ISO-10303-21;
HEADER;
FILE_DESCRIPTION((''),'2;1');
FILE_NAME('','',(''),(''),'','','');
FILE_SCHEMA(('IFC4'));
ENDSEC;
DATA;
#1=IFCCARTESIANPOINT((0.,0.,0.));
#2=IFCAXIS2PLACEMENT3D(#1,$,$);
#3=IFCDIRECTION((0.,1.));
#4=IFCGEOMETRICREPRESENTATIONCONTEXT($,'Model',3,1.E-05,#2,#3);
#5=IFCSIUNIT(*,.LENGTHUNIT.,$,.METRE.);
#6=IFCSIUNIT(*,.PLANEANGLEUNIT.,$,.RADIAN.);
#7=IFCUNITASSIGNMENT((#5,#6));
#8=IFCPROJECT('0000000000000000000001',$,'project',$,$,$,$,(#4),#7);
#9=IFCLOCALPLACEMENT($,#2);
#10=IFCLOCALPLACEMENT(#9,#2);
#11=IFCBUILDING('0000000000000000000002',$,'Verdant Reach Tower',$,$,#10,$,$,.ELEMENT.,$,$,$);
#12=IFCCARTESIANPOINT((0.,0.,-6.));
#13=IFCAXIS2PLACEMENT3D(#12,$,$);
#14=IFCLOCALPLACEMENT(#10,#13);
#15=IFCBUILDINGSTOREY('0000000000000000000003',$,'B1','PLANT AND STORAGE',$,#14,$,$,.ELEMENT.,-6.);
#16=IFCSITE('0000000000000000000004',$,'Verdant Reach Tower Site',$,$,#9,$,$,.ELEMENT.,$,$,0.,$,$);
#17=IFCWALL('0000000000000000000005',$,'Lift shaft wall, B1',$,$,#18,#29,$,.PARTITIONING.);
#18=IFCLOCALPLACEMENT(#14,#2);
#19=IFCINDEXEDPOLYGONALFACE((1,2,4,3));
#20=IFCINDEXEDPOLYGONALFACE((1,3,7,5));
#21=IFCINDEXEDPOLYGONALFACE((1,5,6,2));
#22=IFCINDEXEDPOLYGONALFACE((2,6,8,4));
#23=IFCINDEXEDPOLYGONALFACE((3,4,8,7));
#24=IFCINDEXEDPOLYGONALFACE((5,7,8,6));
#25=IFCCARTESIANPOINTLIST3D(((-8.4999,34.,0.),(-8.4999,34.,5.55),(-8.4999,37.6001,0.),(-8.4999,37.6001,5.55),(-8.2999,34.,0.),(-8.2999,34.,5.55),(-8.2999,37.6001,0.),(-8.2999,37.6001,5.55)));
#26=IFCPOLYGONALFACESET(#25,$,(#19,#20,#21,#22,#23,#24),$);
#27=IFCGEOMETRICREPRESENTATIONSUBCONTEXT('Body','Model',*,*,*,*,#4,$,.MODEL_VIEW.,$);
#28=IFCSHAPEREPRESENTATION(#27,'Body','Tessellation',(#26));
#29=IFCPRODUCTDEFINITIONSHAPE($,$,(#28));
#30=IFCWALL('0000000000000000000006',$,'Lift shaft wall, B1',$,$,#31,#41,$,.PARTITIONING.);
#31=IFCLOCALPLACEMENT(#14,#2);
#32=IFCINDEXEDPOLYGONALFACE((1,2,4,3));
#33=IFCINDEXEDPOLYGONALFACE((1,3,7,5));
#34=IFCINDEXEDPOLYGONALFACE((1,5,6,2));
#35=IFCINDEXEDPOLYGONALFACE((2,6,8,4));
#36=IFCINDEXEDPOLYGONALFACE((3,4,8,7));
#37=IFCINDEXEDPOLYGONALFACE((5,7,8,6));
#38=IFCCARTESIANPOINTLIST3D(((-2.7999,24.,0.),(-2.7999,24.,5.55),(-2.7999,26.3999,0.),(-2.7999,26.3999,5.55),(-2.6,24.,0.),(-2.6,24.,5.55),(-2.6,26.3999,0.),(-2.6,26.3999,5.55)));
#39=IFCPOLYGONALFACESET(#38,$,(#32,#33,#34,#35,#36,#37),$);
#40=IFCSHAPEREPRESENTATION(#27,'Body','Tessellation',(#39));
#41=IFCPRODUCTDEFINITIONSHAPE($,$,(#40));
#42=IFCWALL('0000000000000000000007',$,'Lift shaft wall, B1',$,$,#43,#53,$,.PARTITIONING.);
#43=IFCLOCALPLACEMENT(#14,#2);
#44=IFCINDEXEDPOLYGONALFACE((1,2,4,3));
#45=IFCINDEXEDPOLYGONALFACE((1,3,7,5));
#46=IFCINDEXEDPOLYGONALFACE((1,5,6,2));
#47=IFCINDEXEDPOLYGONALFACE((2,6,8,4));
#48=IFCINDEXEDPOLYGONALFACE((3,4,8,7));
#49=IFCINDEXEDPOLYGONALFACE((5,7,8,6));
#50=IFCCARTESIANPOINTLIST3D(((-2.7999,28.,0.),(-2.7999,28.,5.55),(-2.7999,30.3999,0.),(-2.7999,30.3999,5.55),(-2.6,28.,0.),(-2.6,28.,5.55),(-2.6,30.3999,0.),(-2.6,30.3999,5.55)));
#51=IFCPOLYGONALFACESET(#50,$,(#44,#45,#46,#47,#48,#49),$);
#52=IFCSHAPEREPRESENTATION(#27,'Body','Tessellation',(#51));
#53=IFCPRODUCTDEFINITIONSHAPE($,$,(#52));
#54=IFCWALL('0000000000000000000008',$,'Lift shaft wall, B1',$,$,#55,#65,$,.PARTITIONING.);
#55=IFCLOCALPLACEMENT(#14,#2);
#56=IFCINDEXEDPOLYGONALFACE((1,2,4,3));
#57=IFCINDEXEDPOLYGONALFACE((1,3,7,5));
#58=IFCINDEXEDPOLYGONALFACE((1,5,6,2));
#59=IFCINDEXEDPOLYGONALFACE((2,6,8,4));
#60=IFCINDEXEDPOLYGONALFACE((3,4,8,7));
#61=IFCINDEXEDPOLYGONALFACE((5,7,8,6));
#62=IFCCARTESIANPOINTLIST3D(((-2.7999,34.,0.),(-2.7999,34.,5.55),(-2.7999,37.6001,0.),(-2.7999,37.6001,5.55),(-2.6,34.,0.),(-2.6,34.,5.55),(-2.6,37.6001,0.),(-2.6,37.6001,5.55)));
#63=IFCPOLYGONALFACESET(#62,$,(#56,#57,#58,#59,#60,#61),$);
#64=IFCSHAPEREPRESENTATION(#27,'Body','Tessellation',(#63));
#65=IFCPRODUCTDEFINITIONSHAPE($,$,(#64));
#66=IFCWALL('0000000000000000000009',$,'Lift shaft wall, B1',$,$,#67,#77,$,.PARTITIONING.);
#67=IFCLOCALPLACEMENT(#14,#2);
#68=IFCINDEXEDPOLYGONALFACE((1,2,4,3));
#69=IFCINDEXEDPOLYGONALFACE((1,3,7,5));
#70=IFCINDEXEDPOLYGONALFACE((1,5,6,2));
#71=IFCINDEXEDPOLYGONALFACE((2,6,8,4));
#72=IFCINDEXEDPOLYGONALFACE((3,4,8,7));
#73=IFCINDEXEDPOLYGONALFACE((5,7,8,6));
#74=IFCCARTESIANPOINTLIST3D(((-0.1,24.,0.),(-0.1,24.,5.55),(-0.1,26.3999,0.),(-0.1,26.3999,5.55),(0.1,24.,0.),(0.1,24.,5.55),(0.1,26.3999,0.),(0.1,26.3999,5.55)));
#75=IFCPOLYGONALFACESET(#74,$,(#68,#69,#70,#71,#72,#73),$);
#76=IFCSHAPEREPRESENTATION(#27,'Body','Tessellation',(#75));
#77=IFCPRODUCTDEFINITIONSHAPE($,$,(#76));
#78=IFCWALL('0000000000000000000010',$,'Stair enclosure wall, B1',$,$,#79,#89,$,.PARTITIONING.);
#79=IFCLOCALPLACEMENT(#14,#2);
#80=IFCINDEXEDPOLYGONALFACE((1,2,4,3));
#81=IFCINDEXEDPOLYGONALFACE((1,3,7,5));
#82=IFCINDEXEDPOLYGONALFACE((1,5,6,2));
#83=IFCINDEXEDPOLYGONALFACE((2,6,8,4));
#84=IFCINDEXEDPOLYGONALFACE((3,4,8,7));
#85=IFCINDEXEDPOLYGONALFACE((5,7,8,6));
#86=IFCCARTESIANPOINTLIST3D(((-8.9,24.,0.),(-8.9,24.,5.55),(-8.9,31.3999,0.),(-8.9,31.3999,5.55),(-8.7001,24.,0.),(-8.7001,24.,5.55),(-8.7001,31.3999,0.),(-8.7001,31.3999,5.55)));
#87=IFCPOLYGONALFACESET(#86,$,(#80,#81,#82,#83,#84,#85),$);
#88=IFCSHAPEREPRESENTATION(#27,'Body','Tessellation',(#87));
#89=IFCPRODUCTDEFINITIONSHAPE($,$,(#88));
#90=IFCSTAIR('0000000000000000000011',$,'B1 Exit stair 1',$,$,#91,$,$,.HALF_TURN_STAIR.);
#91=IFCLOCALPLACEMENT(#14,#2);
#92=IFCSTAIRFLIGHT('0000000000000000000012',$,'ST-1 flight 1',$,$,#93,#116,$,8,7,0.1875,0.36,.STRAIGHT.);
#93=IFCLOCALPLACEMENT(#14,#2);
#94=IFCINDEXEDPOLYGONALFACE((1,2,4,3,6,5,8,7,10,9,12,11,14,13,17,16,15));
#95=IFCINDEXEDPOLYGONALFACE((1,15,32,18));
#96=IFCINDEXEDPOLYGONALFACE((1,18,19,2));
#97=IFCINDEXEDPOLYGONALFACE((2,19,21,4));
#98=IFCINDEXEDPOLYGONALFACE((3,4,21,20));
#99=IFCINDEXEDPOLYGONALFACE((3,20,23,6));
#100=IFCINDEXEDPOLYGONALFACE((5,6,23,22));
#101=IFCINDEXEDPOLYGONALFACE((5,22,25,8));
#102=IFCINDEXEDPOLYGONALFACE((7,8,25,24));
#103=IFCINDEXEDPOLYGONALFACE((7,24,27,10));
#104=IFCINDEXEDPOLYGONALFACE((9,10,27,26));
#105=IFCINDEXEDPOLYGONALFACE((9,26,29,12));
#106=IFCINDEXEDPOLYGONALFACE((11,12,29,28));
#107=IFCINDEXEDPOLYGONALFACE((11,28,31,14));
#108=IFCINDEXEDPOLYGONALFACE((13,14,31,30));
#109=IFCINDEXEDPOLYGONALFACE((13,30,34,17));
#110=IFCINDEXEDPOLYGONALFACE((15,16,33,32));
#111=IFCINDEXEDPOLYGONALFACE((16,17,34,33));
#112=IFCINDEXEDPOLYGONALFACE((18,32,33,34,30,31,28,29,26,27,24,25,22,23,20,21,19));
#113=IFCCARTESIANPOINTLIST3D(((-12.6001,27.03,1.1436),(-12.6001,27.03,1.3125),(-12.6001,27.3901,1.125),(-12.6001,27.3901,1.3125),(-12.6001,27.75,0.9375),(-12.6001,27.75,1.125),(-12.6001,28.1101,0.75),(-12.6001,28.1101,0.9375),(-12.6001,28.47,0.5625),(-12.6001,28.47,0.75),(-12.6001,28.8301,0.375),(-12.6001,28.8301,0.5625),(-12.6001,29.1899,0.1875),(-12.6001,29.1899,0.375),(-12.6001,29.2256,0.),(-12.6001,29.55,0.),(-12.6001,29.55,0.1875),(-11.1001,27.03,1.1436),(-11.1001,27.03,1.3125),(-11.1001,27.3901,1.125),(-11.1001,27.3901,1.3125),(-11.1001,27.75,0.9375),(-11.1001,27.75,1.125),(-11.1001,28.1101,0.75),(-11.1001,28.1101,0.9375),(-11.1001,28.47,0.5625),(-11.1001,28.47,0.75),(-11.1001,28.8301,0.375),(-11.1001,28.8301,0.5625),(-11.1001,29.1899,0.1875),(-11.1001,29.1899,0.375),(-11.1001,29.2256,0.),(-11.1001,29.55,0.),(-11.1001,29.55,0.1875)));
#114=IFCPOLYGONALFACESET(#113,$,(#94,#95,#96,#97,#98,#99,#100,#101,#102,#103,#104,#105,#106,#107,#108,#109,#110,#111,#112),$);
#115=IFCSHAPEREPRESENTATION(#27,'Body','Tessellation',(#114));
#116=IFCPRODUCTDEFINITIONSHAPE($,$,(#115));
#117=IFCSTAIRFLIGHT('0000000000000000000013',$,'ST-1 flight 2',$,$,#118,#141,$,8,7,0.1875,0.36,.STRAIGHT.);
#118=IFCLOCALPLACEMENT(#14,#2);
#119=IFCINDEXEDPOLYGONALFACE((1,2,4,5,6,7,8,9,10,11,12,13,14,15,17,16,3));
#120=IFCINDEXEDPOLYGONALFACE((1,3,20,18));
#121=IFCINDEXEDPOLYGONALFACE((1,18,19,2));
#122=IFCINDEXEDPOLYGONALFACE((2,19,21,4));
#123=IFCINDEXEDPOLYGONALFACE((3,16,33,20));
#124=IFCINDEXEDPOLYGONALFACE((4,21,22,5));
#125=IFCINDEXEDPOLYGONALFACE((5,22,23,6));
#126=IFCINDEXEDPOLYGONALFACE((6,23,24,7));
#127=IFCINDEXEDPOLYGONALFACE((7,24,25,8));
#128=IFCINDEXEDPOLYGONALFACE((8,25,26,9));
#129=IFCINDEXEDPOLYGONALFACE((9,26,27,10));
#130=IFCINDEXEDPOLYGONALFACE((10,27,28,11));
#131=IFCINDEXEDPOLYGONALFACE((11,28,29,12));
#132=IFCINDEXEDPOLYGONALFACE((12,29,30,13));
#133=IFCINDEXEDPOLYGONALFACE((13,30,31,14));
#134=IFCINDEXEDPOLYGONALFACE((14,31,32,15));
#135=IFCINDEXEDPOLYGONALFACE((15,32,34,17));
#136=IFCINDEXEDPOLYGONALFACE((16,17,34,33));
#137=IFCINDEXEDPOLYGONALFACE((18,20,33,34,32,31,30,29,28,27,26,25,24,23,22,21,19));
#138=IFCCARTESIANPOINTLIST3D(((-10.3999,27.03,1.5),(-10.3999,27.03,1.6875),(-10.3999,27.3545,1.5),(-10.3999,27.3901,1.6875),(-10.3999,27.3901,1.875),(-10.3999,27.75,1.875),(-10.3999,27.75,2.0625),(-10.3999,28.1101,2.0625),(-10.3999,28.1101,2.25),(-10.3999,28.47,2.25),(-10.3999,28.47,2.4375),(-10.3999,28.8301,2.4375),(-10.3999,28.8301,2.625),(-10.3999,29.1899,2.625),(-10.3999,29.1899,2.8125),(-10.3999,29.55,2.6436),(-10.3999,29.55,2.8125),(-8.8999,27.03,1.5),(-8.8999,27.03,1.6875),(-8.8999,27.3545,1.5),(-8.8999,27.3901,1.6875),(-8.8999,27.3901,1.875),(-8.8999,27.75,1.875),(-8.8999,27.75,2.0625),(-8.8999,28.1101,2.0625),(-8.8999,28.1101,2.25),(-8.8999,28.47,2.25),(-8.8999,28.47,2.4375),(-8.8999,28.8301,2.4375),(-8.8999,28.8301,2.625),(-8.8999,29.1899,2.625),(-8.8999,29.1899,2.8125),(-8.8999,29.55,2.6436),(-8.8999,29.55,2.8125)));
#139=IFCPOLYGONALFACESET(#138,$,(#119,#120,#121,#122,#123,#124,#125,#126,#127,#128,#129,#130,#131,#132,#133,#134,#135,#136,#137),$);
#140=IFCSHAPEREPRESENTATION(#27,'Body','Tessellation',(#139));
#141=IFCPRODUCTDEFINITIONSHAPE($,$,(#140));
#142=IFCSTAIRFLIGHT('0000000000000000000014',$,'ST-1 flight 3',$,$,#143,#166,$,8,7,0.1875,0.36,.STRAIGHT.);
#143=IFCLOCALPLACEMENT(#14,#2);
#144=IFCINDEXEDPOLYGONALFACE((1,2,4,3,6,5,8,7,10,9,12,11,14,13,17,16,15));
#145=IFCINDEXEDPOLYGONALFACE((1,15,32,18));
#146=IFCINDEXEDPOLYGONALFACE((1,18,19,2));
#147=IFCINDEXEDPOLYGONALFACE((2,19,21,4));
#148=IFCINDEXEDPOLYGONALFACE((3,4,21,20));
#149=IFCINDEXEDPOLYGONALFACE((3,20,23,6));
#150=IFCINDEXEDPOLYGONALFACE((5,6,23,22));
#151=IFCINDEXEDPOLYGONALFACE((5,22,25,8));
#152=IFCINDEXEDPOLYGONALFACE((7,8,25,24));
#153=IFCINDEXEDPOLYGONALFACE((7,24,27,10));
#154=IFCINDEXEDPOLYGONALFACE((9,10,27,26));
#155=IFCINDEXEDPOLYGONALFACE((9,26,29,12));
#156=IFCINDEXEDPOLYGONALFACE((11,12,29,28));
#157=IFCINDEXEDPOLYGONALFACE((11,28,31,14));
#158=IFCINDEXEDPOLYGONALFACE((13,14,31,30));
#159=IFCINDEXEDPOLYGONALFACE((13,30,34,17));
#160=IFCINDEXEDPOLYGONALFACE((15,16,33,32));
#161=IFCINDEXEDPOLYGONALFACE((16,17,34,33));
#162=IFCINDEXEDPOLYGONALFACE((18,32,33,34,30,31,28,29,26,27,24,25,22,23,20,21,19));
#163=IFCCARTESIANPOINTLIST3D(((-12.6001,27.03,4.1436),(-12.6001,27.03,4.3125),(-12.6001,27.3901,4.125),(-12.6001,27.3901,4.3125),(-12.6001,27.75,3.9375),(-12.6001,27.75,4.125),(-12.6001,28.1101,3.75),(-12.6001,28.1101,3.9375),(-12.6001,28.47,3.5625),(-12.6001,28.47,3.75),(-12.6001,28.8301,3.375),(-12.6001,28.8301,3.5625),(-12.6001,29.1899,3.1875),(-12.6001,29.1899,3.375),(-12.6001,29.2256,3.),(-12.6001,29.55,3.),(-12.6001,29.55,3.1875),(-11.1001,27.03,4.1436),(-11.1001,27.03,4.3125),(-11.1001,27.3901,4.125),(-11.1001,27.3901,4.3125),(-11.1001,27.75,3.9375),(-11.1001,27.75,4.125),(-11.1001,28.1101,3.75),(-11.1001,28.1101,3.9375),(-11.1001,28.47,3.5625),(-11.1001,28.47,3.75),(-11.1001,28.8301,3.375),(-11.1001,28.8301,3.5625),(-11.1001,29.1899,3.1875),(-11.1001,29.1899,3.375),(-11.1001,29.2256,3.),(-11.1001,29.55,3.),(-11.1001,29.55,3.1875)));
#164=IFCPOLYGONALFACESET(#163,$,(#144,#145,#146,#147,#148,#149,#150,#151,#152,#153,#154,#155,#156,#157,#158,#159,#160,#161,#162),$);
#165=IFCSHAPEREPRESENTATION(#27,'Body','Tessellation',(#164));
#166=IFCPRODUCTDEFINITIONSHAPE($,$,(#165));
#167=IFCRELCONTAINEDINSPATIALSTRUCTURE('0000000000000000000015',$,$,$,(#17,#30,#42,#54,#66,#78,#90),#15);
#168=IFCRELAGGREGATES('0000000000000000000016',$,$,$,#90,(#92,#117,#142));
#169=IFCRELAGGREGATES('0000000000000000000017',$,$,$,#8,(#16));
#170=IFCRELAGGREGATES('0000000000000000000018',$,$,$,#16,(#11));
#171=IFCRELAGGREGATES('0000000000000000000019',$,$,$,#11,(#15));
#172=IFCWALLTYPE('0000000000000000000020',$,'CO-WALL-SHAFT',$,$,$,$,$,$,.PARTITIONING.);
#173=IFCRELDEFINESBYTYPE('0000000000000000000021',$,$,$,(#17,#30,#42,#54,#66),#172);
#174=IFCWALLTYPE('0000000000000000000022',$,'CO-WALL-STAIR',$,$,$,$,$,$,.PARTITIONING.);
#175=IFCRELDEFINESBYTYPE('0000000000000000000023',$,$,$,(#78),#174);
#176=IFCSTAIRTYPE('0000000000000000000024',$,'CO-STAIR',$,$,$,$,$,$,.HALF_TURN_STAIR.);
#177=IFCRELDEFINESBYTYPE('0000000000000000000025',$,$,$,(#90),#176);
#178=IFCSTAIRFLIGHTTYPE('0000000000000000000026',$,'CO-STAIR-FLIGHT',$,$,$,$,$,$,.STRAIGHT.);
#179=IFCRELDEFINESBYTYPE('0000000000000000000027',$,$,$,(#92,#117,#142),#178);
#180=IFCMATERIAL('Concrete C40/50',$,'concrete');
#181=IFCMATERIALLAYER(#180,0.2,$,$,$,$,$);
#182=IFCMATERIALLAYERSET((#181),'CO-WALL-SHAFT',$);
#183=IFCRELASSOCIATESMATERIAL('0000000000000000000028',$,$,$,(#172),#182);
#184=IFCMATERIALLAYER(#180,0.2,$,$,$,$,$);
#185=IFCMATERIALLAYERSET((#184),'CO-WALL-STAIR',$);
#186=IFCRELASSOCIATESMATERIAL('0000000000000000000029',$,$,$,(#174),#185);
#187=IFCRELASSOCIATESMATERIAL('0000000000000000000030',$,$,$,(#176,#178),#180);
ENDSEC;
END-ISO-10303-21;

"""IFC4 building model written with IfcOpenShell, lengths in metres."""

from ifc_helpers import new_model, si_unit, direction, frame, frame_2d, origin, place, context, subcontext, project, spatial, polyline, rectangle, outline, extrude, material, layer, layer_set, type_object, element, aggregate, save


model = new_model("IFC4")

# Units and contexts
model_context = context("Model", 3, precision=1e-05, world=origin(), true_north=direction((0.0, 1.0)))
body_context = subcontext(model_context, "Body", "Model", "MODEL_VIEW")
ifc_project = project(units=[si_unit("LENGTHUNIT", "METRE"), si_unit("PLANEANGLEUNIT", "RADIAN")], contexts=[model_context])

# Site, building, storey
site_placement = place(None, origin())
site = spatial("IfcSite", under=ifc_project, at=site_placement, Name="Verdant Reach Tower Site", CompositionType="ELEMENT", RefElevation=0.0)
building_placement = place(site_placement, origin())
building = spatial("IfcBuilding", under=site, at=building_placement, Name="Verdant Reach Tower", CompositionType="ELEMENT")
storey_placement = place(building_placement, frame((0.0, 0.0, -6.0)))
storey = spatial("IfcBuildingStorey", under=building, at=storey_placement, Name="B1", Description="PLANT AND STORAGE", CompositionType="ELEMENT", Elevation=-6.0)

# Shared definitions
ifc_material_1 = material(Name="Concrete C40/50", Category="concrete")

# Shared definitions
ifc_layer_1 = layer(ifc_material_1, 0.2)
ifc_layer_set_1 = layer_set([ifc_layer_1], Name="CO-WALL-SHAFT")
wall_type_1 = type_object("IfcWallType", Name="CO-WALL-SHAFT", PredefinedType="PARTITIONING", material=ifc_layer_set_1)

# Walls
for number, where, z_axis, x_axis, name in (
    (1, (-8.3999, 34.0, 0.0), (0.0, 0.0, 1.0), (0.0, 1.0, 0.0), "Lift shaft wall, B1"),
):
    element("IfcWall", number, at=place(storey_placement, frame(where, z_axis=z_axis, x_axis=x_axis)), inside=storey, type_object=wall_type_1, Name=name, PredefinedType="PARTITIONING", context=body_context, shape_type="SweptSolid", body=[
        extrude(rectangle(XDim=3.6001, YDim=0.2, at=frame_2d((1.8, 0.0))), origin(), (0.0, 0.0, 1.0), 5.55),
    ])
for number, where, z_axis, x_axis, name in (
    (2, (-2.7, 24.0, 0.0), (0.0, 0.0, 1.0), (0.0, 1.0, 0.0), "Lift shaft wall, B1"),
    (3, (-2.7, 28.0, 0.0), (0.0, 0.0, 1.0), (0.0, 1.0, 0.0), "Lift shaft wall, B1"),
):
    element("IfcWall", number, at=place(storey_placement, frame(where, z_axis=z_axis, x_axis=x_axis)), inside=storey, type_object=wall_type_1, Name=name, PredefinedType="PARTITIONING", context=body_context, shape_type="SweptSolid", body=[
        extrude(rectangle(XDim=2.3999, YDim=0.2, at=frame_2d((1.2, 0.0))), origin(), (0.0, 0.0, 1.0), 5.55),
    ])
wall_1_placement = place(storey_placement, frame((-2.7, 34.0, 0.0), z_axis=(0.0, 0.0, 1.0), x_axis=(0.0, 1.0, 0.0)))
element("IfcWall", 4, at=wall_1_placement, inside=storey, type_object=wall_type_1, Name="Lift shaft wall, B1", PredefinedType="PARTITIONING", context=body_context, shape_type="SweptSolid", body=[
    extrude(rectangle(XDim=3.6001, YDim=0.2, at=frame_2d((1.8, 0.0))), origin(), (0.0, 0.0, 1.0), 5.55),
])
wall_2_placement = place(storey_placement, frame((0.0, 24.0, 0.0), z_axis=(0.0, 0.0, 1.0), x_axis=(0.0, 1.0, 0.0)))
element("IfcWall", 5, at=wall_2_placement, inside=storey, type_object=wall_type_1, Name="Lift shaft wall, B1", PredefinedType="PARTITIONING", context=body_context, shape_type="SweptSolid", body=[
    extrude(rectangle(XDim=2.3999, YDim=0.2, at=frame_2d((1.2, 0.0))), origin(), (0.0, 0.0, 1.0), 5.55),
])
ifc_layer_2 = layer(ifc_material_1, 0.2)
ifc_layer_set_2 = layer_set([ifc_layer_2], Name="CO-WALL-STAIR")
wall_type_2 = type_object("IfcWallType", Name="CO-WALL-STAIR", PredefinedType="PARTITIONING", material=ifc_layer_set_2)
wall_3_placement = place(storey_placement, frame((-8.8, 24.0, 0.0), z_axis=(0.0, 0.0, 1.0), x_axis=(0.0, 1.0, 0.0)))
element("IfcWall", 6, at=wall_3_placement, inside=storey, type_object=wall_type_2, Name="Stair enclosure wall, B1", PredefinedType="PARTITIONING", context=body_context, shape_type="SweptSolid", body=[
    extrude(rectangle(XDim=7.3999, YDim=0.2, at=frame_2d((3.7, 0.0))), origin(), (0.0, 0.0, 1.0), 5.55),
])

# Stair, stair flights
stair_type = type_object("IfcStairType", Name="CO-STAIR", PredefinedType="HALF_TURN_STAIR", material=ifc_material_1)
stair_placement = place(storey_placement, origin())
stair = element("IfcStair", 7, at=stair_placement, inside=storey, type_object=stair_type, Name="B1 Exit stair 1", PredefinedType="HALF_TURN_STAIR")
stair_flight_type = type_object("IfcStairFlightType", Name="CO-STAIR-FLIGHT", PredefinedType="STRAIGHT", material=ifc_material_1)
stair_flight_1_placement = place(storey_placement, frame((-11.8501, 29.55, 0.0), z_axis=(0.0, 0.0, 1.0), x_axis=(0.0, -1.0, 0.0)))
stair_flight_1 = element("IfcStairFlight", 8, at=stair_flight_1_placement, type_object=stair_flight_type, Name="ST-1 flight 1", NumberOfRisers=8, NumberOfTreads=7, PredefinedType="STRAIGHT", RiserHeight=0.1875, TreadLength=0.36, context=body_context, shape_type="SweptSolid", body=[
    extrude(outline(polyline([(0.0, 0.0), (0.0, 0.1875), (0.3601, 0.1875), (0.3601, 0.375), (0.72, 0.375), (0.72, 0.5625), (1.0801, 0.5625), (1.0801, 0.75), (1.4399, 0.75), (1.4399, 0.9375), (1.8, 0.9375), (1.8, 1.125), (2.1599, 1.125), (2.1599, 1.3125), (2.52, 1.3125), (2.52, 1.5), (2.52, 1.1436), (0.3245, 0.0), (0.0, 0.0)])), frame((0.0, 0.75, 0.0), z_axis=(0.0, -1.0, 0.0), x_axis=(1.0, 0.0, 0.0)), (0.0, 0.0, 1.0), 1.5),
])
stair_flight_2_placement = place(storey_placement, frame((-9.6499, 27.03, 1.5), z_axis=(0.0, 0.0, 1.0), x_axis=(0.0, 1.0, 0.0)))
stair_flight_2 = element("IfcStairFlight", 9, at=stair_flight_2_placement, type_object=stair_flight_type, Name="ST-1 flight 2", NumberOfRisers=8, NumberOfTreads=7, PredefinedType="STRAIGHT", RiserHeight=0.1875, TreadLength=0.36, context=body_context, shape_type="SweptSolid", body=[
    extrude(outline(polyline([(0.0, 0.0), (0.0, 0.1875), (0.3601, 0.1875), (0.3601, 0.375), (0.72, 0.375), (0.72, 0.5625), (1.0801, 0.5625), (1.0801, 0.75), (1.4399, 0.75), (1.4399, 0.9375), (1.8, 0.9375), (1.8, 1.125), (2.1599, 1.125), (2.1599, 1.3125), (2.52, 1.3125), (2.52, 1.5), (2.52, 1.1436), (0.3245, 0.0), (0.0, 0.0)])), frame((0.0, 0.75, 0.0), z_axis=(0.0, -1.0, 0.0), x_axis=(1.0, 0.0, 0.0)), (0.0, 0.0, 1.0), 1.5),
])
stair_flight_3_placement = place(storey_placement, frame((-11.8501, 29.55, 3.0), z_axis=(0.0, 0.0, 1.0), x_axis=(0.0, -1.0, 0.0)))
stair_flight_3 = element("IfcStairFlight", 10, at=stair_flight_3_placement, type_object=stair_flight_type, Name="ST-1 flight 3", NumberOfRisers=8, NumberOfTreads=7, PredefinedType="STRAIGHT", RiserHeight=0.1875, TreadLength=0.36, context=body_context, shape_type="SweptSolid", body=[
    extrude(outline(polyline([(0.0, 0.0), (0.0, 0.1875), (0.3601, 0.1875), (0.3601, 0.375), (0.72, 0.375), (0.72, 0.5625), (1.0801, 0.5625), (1.0801, 0.75), (1.4399, 0.75), (1.4399, 0.9375), (1.8, 0.9375), (1.8, 1.125), (2.1599, 1.125), (2.1599, 1.3125), (2.52, 1.3125), (2.52, 1.5), (2.52, 1.1436), (0.3245, 0.0), (0.0, 0.0)])), frame((0.0, 0.75, 0.0), z_axis=(0.0, -1.0, 0.0), x_axis=(1.0, 0.0, 0.0)), (0.0, 0.0, 1.0), 1.5),
])
aggregate(stair, [stair_flight_1, stair_flight_2, stair_flight_3])

save(model, "model.ifc")
